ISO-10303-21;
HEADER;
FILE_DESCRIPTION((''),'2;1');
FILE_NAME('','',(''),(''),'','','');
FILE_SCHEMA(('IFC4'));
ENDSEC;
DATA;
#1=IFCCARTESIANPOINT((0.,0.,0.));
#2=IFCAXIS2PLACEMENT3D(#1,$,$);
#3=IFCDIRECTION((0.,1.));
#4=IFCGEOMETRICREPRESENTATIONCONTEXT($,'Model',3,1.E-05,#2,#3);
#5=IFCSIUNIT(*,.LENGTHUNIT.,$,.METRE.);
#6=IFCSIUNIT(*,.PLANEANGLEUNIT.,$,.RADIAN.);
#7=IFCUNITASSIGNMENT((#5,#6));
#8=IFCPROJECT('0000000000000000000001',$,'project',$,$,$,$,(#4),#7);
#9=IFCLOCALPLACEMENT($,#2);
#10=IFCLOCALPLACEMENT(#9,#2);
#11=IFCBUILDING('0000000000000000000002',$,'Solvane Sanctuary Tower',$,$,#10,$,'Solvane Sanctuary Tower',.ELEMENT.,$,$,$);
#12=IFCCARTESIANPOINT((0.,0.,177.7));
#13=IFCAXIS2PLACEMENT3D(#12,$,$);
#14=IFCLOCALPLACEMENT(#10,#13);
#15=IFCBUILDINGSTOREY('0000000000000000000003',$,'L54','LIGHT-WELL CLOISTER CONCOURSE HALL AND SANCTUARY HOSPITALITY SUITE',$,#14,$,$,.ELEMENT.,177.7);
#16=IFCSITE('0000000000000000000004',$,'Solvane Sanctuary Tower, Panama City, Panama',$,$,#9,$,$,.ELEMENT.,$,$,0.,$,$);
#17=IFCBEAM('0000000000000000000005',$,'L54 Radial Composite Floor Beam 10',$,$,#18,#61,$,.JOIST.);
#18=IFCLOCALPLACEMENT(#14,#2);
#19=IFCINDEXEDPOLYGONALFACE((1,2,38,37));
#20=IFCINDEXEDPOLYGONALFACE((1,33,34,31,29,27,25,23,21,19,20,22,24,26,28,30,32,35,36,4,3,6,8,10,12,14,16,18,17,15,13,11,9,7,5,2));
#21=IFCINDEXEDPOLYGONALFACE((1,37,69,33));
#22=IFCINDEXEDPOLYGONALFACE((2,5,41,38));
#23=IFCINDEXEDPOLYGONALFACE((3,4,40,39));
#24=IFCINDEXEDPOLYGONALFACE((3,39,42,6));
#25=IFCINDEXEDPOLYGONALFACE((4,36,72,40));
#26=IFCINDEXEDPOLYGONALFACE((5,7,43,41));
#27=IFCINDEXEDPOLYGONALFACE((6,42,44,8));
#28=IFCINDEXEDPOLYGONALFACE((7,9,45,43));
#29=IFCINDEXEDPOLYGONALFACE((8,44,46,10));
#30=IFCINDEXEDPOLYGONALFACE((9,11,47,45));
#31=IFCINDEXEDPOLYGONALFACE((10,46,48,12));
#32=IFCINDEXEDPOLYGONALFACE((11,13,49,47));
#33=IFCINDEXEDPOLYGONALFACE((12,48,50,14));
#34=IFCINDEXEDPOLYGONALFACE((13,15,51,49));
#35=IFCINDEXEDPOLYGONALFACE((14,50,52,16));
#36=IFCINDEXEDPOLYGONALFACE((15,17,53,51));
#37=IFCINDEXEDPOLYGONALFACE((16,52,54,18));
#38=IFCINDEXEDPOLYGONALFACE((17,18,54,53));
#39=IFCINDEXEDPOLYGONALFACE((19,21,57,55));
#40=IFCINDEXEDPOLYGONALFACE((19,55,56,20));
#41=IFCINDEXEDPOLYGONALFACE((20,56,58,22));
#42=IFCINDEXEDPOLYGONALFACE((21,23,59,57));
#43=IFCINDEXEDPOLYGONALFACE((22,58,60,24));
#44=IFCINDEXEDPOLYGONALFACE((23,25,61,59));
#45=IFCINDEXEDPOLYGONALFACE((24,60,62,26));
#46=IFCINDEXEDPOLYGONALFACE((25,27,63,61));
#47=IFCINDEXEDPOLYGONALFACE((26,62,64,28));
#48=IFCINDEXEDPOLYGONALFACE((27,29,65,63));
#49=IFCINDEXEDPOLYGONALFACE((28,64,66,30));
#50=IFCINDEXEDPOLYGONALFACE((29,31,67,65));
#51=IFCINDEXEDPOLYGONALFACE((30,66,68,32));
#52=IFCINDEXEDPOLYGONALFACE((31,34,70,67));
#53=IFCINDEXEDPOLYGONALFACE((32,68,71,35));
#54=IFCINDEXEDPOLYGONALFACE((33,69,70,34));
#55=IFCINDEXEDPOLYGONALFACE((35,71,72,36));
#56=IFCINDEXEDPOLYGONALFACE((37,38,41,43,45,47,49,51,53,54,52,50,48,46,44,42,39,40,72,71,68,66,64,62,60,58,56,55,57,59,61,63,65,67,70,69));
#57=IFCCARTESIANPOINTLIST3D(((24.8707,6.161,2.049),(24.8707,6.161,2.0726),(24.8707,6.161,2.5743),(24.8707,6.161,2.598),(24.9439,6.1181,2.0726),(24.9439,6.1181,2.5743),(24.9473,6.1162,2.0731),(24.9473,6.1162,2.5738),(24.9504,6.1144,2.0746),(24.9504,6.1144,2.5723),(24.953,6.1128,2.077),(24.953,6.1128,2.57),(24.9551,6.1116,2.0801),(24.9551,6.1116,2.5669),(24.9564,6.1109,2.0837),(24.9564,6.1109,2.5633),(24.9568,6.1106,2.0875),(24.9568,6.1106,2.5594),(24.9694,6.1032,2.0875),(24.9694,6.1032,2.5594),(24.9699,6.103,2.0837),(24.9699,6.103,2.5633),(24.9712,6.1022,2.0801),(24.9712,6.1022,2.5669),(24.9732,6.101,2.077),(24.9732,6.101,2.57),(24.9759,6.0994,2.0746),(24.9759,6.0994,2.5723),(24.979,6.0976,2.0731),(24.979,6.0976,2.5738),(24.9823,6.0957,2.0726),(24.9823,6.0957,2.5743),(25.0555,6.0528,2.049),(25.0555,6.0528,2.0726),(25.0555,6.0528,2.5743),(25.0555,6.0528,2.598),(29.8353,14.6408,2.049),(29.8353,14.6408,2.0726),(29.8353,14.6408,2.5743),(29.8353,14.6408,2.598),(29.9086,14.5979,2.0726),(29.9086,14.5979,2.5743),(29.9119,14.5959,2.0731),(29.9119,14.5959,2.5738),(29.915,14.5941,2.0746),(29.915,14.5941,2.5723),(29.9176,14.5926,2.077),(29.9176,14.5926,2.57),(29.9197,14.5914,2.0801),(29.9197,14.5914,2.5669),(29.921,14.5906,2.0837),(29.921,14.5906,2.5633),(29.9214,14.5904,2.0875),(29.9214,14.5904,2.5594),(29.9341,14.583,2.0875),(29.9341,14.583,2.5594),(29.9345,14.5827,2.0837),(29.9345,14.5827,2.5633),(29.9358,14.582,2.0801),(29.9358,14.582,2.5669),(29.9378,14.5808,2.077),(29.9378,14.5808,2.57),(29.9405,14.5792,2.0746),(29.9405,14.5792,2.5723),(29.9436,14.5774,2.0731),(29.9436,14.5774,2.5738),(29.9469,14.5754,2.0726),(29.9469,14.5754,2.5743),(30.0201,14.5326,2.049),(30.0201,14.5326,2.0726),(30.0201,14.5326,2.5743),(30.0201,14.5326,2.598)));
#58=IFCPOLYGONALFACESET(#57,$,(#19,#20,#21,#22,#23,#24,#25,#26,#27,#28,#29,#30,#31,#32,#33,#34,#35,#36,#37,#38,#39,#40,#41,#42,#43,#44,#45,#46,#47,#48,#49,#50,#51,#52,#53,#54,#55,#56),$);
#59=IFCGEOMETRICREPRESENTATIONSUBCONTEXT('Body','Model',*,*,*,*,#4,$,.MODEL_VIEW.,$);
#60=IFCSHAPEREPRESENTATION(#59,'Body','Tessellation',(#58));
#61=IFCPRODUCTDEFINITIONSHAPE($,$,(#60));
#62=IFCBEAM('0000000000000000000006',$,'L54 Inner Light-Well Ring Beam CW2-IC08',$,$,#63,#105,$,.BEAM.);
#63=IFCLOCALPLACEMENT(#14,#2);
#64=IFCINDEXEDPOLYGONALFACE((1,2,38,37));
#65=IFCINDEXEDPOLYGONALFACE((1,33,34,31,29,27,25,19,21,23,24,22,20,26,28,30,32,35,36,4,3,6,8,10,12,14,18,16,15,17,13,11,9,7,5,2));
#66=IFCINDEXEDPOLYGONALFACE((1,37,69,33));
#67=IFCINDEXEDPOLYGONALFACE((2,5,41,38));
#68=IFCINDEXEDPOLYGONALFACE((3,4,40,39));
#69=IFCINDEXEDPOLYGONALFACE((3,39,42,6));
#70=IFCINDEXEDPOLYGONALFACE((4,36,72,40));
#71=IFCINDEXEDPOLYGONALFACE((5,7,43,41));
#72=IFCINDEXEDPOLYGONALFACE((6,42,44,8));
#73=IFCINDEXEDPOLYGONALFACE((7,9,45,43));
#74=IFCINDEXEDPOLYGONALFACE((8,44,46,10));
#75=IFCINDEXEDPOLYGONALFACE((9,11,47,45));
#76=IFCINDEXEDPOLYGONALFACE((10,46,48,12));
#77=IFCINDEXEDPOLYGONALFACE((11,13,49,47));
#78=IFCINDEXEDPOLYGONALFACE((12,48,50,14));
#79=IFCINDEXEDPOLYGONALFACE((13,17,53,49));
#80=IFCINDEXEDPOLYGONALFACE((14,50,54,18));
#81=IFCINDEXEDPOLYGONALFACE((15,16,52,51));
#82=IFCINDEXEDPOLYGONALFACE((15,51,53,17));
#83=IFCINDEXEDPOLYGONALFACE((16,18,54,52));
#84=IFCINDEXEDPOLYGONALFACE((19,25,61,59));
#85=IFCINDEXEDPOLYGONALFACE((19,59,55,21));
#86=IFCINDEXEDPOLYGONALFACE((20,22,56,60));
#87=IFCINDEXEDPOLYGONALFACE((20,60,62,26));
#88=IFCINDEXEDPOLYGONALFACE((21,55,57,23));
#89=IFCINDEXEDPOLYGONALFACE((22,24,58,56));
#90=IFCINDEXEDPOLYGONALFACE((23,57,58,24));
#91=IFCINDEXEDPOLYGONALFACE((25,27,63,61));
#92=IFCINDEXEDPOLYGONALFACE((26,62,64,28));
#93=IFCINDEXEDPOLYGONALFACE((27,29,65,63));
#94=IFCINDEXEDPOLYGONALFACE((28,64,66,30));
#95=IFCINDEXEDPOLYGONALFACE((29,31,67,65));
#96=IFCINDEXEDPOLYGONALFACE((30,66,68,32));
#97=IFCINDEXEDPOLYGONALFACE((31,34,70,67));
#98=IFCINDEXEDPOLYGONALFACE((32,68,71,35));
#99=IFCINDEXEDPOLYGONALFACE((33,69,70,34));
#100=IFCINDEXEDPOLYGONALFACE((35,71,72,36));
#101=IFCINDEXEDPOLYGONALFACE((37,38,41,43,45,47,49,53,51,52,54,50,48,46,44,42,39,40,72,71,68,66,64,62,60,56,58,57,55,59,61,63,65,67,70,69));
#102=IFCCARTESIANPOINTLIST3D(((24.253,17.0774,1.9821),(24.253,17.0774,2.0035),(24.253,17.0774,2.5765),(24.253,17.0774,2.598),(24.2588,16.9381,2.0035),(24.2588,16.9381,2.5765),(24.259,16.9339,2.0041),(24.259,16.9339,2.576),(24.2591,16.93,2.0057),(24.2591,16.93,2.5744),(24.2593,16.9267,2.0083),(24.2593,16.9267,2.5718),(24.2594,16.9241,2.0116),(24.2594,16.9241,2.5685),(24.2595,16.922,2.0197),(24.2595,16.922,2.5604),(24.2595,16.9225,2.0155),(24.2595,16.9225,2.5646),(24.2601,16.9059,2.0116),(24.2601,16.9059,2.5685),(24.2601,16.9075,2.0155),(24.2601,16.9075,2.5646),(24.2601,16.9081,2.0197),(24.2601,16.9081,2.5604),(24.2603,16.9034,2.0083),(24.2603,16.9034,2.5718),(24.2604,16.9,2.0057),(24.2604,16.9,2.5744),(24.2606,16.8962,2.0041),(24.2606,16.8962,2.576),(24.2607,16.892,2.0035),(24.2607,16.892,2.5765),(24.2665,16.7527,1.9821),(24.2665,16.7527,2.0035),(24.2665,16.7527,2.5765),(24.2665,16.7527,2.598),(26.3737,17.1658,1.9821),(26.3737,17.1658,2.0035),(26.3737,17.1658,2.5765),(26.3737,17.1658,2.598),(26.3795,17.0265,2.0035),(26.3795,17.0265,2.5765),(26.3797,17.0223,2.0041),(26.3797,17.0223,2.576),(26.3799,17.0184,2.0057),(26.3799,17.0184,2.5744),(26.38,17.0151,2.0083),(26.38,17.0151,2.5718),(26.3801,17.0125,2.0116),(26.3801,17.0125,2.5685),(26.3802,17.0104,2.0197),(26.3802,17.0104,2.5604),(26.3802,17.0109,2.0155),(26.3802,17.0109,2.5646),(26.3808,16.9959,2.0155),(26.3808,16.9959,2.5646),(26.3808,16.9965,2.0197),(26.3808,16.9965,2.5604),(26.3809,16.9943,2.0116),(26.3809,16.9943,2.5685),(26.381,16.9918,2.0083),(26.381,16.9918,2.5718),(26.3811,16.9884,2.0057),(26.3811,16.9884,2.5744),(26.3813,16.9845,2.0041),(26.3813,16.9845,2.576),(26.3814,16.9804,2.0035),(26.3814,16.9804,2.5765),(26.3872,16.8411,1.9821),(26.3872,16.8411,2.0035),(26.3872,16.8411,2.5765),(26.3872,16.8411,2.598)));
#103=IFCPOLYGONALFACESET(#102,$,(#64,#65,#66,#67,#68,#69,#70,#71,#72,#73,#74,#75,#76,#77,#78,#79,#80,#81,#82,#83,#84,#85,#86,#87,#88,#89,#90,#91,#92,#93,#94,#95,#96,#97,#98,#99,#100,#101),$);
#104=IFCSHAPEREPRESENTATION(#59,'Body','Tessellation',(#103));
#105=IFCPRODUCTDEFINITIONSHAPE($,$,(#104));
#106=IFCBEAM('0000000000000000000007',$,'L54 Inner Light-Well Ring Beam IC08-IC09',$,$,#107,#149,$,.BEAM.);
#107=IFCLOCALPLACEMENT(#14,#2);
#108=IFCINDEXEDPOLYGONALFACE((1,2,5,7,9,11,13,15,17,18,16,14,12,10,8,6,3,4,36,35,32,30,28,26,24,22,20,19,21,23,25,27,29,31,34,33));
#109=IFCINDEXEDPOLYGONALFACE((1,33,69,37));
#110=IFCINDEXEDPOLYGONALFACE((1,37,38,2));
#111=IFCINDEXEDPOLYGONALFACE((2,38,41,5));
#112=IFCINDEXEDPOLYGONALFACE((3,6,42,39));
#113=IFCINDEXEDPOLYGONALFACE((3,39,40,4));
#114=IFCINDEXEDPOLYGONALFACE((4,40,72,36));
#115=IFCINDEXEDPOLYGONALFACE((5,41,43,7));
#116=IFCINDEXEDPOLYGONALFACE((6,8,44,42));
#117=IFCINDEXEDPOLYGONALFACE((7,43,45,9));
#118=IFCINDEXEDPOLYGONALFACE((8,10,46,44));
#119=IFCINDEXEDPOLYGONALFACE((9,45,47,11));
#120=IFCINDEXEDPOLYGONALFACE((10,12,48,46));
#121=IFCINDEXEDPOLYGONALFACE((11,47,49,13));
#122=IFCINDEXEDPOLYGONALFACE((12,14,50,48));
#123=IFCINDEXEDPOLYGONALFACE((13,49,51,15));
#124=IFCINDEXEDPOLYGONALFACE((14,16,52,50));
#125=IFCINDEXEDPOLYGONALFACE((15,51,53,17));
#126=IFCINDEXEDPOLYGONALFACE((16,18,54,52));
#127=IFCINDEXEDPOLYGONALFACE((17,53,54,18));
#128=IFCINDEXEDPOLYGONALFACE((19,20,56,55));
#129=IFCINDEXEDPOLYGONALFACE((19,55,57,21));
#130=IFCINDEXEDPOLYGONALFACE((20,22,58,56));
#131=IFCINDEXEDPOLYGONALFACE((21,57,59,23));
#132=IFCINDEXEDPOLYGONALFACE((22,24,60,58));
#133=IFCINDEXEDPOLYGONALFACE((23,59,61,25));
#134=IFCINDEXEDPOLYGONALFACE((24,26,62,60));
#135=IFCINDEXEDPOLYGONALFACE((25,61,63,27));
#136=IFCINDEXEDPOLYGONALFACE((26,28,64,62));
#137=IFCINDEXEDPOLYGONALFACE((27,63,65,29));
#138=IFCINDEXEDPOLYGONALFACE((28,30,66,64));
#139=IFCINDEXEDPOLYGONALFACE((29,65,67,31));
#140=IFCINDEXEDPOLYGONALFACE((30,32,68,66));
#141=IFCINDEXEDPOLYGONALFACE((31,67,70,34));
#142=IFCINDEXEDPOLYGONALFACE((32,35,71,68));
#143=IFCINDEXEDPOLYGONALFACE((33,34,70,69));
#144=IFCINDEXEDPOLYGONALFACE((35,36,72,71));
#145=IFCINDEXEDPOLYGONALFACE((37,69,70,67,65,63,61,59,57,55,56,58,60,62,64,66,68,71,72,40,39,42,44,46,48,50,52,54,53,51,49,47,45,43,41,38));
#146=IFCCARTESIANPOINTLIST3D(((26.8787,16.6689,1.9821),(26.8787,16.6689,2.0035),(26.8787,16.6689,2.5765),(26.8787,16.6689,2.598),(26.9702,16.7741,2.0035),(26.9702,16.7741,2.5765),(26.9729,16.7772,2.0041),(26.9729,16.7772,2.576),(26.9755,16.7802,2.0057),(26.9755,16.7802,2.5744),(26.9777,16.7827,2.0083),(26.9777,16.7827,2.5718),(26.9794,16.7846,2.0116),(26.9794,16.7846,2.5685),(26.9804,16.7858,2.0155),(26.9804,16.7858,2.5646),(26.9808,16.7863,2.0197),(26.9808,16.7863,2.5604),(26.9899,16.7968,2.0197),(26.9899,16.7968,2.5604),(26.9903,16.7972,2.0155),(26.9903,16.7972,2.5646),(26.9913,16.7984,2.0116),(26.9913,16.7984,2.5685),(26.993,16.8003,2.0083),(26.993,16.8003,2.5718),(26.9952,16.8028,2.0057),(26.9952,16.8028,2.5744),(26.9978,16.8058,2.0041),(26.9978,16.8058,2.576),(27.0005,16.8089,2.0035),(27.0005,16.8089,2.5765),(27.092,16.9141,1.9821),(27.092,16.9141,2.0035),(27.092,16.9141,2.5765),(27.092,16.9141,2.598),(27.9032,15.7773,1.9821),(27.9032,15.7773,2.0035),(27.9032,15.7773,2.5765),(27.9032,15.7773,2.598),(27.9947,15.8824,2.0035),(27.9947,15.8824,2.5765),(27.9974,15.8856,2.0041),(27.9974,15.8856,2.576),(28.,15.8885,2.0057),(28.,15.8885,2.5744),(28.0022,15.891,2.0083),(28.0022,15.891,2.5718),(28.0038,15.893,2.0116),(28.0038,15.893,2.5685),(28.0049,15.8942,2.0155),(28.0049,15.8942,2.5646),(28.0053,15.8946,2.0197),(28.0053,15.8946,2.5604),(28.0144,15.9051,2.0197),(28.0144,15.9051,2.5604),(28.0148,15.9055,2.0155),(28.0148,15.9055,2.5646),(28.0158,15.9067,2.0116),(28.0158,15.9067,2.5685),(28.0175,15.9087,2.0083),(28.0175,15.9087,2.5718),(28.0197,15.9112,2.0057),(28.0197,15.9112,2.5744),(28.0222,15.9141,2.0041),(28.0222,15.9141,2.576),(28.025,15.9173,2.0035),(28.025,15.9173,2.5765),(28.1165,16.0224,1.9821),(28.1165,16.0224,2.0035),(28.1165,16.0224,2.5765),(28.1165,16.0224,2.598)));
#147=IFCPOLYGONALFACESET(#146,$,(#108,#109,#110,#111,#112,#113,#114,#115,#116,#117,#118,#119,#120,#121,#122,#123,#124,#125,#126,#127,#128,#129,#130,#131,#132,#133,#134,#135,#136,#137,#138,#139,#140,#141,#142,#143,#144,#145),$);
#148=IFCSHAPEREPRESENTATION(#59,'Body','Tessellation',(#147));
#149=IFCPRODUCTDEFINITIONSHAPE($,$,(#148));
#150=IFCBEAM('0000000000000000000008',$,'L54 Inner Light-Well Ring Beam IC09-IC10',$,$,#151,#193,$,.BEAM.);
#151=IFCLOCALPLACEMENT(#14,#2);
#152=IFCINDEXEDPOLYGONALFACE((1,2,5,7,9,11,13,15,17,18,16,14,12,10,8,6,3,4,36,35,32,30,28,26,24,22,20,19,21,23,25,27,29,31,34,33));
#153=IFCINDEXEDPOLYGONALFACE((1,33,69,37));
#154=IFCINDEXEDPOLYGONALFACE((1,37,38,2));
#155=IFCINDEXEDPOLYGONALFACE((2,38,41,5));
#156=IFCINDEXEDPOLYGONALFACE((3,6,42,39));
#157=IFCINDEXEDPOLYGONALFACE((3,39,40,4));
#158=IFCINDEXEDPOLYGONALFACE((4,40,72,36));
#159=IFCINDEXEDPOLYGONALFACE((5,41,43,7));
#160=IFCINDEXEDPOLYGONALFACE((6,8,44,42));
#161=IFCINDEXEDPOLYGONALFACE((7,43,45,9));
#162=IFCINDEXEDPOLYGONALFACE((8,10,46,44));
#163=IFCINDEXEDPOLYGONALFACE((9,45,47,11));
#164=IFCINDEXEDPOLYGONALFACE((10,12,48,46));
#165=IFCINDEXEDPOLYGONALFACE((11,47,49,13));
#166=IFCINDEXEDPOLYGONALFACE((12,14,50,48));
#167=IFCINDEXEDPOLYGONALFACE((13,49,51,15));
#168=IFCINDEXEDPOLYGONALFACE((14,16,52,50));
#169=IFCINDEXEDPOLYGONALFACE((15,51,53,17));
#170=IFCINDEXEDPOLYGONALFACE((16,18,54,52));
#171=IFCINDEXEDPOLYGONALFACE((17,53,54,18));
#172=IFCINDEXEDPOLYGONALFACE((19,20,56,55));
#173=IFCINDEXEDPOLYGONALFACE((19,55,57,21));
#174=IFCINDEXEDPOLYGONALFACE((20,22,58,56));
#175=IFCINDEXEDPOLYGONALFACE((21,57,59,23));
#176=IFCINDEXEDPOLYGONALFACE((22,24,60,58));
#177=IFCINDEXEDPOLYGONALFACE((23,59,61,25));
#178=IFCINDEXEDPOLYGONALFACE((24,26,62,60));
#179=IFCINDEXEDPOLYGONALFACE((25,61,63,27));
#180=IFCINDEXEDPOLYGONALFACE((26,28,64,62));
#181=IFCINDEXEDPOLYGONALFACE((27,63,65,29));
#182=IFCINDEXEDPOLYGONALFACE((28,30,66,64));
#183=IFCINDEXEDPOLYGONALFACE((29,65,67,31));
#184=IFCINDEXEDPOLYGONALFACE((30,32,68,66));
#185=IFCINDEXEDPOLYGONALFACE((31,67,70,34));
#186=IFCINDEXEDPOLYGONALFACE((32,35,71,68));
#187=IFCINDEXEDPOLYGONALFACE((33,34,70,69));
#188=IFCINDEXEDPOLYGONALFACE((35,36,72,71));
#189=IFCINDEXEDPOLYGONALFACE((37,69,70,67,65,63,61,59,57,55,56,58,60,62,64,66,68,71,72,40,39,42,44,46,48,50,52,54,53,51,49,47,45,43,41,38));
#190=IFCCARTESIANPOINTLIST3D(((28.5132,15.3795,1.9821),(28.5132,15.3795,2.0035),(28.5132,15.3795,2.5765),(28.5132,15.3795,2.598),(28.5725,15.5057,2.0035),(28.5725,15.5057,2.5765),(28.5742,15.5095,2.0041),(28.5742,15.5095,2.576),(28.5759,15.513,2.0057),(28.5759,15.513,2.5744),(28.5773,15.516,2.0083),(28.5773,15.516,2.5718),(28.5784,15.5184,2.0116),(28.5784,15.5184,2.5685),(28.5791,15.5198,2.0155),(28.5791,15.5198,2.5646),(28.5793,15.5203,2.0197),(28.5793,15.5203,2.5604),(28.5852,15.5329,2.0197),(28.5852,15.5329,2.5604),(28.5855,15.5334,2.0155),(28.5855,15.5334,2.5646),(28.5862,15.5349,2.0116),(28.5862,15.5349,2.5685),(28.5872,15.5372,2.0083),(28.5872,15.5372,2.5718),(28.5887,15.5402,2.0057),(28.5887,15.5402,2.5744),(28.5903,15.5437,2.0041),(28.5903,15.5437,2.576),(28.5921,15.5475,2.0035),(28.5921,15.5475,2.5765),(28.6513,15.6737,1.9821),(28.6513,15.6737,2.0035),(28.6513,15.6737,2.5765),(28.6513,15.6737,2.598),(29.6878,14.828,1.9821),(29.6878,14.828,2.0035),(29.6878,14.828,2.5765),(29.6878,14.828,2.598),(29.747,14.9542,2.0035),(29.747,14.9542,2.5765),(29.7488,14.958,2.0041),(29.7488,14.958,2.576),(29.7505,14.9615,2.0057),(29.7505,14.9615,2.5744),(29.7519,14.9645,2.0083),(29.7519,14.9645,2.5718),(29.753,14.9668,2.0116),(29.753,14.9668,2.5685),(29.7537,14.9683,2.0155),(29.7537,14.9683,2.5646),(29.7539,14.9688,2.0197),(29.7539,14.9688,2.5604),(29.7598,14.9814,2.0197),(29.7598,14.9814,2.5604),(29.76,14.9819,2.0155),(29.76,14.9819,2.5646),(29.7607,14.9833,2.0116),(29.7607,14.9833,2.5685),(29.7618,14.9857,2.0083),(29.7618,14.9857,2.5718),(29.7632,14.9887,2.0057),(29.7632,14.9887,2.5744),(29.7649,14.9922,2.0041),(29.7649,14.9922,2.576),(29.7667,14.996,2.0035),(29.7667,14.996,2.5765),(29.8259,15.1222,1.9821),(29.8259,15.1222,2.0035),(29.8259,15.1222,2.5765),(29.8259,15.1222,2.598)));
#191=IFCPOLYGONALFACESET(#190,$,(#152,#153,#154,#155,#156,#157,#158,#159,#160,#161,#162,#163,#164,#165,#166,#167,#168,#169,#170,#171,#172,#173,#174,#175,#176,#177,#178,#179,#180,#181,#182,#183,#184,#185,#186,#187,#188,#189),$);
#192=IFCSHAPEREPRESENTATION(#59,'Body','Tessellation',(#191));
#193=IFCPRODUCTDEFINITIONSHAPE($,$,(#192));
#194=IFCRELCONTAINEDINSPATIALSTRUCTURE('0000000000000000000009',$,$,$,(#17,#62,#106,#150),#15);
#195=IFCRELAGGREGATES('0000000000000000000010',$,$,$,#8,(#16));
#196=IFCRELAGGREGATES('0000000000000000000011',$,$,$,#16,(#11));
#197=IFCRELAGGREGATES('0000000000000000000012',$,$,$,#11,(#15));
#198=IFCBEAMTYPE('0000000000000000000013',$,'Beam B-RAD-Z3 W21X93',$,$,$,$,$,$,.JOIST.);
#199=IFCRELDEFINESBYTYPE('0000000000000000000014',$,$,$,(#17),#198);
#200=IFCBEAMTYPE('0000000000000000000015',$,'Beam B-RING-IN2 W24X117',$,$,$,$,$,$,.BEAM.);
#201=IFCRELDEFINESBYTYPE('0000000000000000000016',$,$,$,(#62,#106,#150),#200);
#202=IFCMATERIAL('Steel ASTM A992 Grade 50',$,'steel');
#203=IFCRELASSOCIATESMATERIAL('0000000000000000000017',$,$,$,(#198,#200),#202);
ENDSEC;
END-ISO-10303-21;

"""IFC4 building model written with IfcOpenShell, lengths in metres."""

from ifc_helpers import new_model, si_unit, direction, frame, origin, origin_2d, place, context, subcontext, project, spatial, i_section, extrude, material, material_profile, profile_set, type_object, element, save


model = new_model("IFC4")

# Units and contexts
model_context = context("Model", 3, precision=1e-05, world=origin(), true_north=direction((0.0, 1.0)))
body_context = subcontext(model_context, "Body", "Model", "MODEL_VIEW")
ifc_project = project(units=[si_unit("LENGTHUNIT", "METRE"), si_unit("PLANEANGLEUNIT", "RADIAN")], contexts=[model_context])

# Site, building, storey
site_placement = place(None, origin())
site = spatial("IfcSite", under=ifc_project, at=site_placement, Name="Solvane Sanctuary Tower, Panama City, Panama", CompositionType="ELEMENT", RefElevation=0.0)
building_placement = place(site_placement, origin())
building = spatial("IfcBuilding", under=site, at=building_placement, Name="Solvane Sanctuary Tower", LongName="Solvane Sanctuary Tower", CompositionType="ELEMENT")
storey_placement = place(building_placement, frame((0.0, 0.0, 177.7)))
storey = spatial("IfcBuildingStorey", under=building, at=storey_placement, Name="L54", Description="LIGHT-WELL CLOISTER CONCOURSE HALL AND SANCTUARY HOSPITALITY SUITE", CompositionType="ELEMENT", Elevation=177.7)

# Beams
ifc_material_1 = material(Name="Steel ASTM A992 Grade 50", Category="steel")
ifc_material_profile_1 = material_profile(ifc_material_1, i_section(OverallWidth=0.2141, OverallDepth=0.5491, WebThickness=0.0146, FlangeThickness=0.0237, FilletRadius=0.0149, at=origin_2d()), Name="W21X93")
ifc_profile_set_1 = profile_set([ifc_material_profile_1], Name="Steel ASTM A992 Grade 50")
beam_type_1 = type_object("IfcBeamType", Name="Beam B-RAD-Z3 W21X93", PredefinedType="JOIST", material=ifc_profile_set_1)
beam_1_placement = place(storey_placement, frame((29.9277, 14.5867, 2.3235), z_axis=(-0.505244, -0.862977, 0.0), x_axis=(0.862977, -0.505244, 0.0)))
element("IfcBeam", 1, at=beam_1_placement, inside=storey, type_object=beam_type_1, Name="L54 Radial Composite Floor Beam 10", PredefinedType="JOIST", context=body_context, shape_type="SweptSolid", body=[
    extrude(i_section(OverallWidth=0.2141, OverallDepth=0.5491, WebThickness=0.0146, FlangeThickness=0.0237, FilletRadius=0.0149, at=origin_2d()), origin(), (0.0, 0.0, 1.0), 9.8262),
])
ifc_material_profile_2 = material_profile(ifc_material_1, i_section(OverallWidth=0.325, OverallDepth=0.616, WebThickness=0.0139, FlangeThickness=0.0215, FilletRadius=0.0161, at=origin_2d()), Name="W24X117")
ifc_profile_set_2 = profile_set([ifc_material_profile_2], Name="Steel ASTM A992 Grade 50")
beam_type_2 = type_object("IfcBeamType", Name="Beam B-RING-IN2 W24X117", PredefinedType="BEAM", material=ifc_profile_set_2)
beam_2_placement = place(storey_placement, frame((24.2598, 16.915, 2.29), z_axis=(0.999133, 0.04164, 0.0), x_axis=(-0.04164, 0.999133, 0.0)))
element("IfcBeam", 2, at=beam_2_placement, inside=storey, type_object=beam_type_2, Name="L54 Inner Light-Well Ring Beam CW2-IC08", PredefinedType="BEAM", context=body_context, shape_type="SweptSolid", body=[
    extrude(i_section(OverallWidth=0.325, OverallDepth=0.616, WebThickness=0.0139, FlangeThickness=0.0215, FilletRadius=0.0161, at=origin_2d()), origin(), (0.0, 0.0, 1.0), 2.1226),
])
beam_3_placement = place(storey_placement, frame((26.9854, 16.7915, 2.29), z_axis=(0.754311, -0.656517, 0.0), x_axis=(0.656517, 0.754311, 0.0)))
element("IfcBeam", 3, at=beam_3_placement, inside=storey, type_object=beam_type_2, Name="L54 Inner Light-Well Ring Beam IC08-IC09", PredefinedType="BEAM", context=body_context, shape_type="SweptSolid", body=[
    extrude(i_section(OverallWidth=0.325, OverallDepth=0.616, WebThickness=0.0139, FlangeThickness=0.0215, FilletRadius=0.0161, at=origin_2d()), origin(), (0.0, 0.0, 1.0), 1.3582),
])
beam_4_placement = place(storey_placement, frame((28.5823, 15.5266, 2.29), z_axis=(0.905181, -0.425027, 0.0), x_axis=(0.425027, 0.905181, 0.0)))
element("IfcBeam", 4, at=beam_4_placement, inside=storey, type_object=beam_type_2, Name="L54 Inner Light-Well Ring Beam IC09-IC10", PredefinedType="BEAM", context=body_context, shape_type="SweptSolid", body=[
    extrude(i_section(OverallWidth=0.325, OverallDepth=0.616, WebThickness=0.0139, FlangeThickness=0.0215, FilletRadius=0.0161, at=origin_2d()), origin(), (0.0, 0.0, 1.0), 1.2976),
])

save(model, "model.ifc")
